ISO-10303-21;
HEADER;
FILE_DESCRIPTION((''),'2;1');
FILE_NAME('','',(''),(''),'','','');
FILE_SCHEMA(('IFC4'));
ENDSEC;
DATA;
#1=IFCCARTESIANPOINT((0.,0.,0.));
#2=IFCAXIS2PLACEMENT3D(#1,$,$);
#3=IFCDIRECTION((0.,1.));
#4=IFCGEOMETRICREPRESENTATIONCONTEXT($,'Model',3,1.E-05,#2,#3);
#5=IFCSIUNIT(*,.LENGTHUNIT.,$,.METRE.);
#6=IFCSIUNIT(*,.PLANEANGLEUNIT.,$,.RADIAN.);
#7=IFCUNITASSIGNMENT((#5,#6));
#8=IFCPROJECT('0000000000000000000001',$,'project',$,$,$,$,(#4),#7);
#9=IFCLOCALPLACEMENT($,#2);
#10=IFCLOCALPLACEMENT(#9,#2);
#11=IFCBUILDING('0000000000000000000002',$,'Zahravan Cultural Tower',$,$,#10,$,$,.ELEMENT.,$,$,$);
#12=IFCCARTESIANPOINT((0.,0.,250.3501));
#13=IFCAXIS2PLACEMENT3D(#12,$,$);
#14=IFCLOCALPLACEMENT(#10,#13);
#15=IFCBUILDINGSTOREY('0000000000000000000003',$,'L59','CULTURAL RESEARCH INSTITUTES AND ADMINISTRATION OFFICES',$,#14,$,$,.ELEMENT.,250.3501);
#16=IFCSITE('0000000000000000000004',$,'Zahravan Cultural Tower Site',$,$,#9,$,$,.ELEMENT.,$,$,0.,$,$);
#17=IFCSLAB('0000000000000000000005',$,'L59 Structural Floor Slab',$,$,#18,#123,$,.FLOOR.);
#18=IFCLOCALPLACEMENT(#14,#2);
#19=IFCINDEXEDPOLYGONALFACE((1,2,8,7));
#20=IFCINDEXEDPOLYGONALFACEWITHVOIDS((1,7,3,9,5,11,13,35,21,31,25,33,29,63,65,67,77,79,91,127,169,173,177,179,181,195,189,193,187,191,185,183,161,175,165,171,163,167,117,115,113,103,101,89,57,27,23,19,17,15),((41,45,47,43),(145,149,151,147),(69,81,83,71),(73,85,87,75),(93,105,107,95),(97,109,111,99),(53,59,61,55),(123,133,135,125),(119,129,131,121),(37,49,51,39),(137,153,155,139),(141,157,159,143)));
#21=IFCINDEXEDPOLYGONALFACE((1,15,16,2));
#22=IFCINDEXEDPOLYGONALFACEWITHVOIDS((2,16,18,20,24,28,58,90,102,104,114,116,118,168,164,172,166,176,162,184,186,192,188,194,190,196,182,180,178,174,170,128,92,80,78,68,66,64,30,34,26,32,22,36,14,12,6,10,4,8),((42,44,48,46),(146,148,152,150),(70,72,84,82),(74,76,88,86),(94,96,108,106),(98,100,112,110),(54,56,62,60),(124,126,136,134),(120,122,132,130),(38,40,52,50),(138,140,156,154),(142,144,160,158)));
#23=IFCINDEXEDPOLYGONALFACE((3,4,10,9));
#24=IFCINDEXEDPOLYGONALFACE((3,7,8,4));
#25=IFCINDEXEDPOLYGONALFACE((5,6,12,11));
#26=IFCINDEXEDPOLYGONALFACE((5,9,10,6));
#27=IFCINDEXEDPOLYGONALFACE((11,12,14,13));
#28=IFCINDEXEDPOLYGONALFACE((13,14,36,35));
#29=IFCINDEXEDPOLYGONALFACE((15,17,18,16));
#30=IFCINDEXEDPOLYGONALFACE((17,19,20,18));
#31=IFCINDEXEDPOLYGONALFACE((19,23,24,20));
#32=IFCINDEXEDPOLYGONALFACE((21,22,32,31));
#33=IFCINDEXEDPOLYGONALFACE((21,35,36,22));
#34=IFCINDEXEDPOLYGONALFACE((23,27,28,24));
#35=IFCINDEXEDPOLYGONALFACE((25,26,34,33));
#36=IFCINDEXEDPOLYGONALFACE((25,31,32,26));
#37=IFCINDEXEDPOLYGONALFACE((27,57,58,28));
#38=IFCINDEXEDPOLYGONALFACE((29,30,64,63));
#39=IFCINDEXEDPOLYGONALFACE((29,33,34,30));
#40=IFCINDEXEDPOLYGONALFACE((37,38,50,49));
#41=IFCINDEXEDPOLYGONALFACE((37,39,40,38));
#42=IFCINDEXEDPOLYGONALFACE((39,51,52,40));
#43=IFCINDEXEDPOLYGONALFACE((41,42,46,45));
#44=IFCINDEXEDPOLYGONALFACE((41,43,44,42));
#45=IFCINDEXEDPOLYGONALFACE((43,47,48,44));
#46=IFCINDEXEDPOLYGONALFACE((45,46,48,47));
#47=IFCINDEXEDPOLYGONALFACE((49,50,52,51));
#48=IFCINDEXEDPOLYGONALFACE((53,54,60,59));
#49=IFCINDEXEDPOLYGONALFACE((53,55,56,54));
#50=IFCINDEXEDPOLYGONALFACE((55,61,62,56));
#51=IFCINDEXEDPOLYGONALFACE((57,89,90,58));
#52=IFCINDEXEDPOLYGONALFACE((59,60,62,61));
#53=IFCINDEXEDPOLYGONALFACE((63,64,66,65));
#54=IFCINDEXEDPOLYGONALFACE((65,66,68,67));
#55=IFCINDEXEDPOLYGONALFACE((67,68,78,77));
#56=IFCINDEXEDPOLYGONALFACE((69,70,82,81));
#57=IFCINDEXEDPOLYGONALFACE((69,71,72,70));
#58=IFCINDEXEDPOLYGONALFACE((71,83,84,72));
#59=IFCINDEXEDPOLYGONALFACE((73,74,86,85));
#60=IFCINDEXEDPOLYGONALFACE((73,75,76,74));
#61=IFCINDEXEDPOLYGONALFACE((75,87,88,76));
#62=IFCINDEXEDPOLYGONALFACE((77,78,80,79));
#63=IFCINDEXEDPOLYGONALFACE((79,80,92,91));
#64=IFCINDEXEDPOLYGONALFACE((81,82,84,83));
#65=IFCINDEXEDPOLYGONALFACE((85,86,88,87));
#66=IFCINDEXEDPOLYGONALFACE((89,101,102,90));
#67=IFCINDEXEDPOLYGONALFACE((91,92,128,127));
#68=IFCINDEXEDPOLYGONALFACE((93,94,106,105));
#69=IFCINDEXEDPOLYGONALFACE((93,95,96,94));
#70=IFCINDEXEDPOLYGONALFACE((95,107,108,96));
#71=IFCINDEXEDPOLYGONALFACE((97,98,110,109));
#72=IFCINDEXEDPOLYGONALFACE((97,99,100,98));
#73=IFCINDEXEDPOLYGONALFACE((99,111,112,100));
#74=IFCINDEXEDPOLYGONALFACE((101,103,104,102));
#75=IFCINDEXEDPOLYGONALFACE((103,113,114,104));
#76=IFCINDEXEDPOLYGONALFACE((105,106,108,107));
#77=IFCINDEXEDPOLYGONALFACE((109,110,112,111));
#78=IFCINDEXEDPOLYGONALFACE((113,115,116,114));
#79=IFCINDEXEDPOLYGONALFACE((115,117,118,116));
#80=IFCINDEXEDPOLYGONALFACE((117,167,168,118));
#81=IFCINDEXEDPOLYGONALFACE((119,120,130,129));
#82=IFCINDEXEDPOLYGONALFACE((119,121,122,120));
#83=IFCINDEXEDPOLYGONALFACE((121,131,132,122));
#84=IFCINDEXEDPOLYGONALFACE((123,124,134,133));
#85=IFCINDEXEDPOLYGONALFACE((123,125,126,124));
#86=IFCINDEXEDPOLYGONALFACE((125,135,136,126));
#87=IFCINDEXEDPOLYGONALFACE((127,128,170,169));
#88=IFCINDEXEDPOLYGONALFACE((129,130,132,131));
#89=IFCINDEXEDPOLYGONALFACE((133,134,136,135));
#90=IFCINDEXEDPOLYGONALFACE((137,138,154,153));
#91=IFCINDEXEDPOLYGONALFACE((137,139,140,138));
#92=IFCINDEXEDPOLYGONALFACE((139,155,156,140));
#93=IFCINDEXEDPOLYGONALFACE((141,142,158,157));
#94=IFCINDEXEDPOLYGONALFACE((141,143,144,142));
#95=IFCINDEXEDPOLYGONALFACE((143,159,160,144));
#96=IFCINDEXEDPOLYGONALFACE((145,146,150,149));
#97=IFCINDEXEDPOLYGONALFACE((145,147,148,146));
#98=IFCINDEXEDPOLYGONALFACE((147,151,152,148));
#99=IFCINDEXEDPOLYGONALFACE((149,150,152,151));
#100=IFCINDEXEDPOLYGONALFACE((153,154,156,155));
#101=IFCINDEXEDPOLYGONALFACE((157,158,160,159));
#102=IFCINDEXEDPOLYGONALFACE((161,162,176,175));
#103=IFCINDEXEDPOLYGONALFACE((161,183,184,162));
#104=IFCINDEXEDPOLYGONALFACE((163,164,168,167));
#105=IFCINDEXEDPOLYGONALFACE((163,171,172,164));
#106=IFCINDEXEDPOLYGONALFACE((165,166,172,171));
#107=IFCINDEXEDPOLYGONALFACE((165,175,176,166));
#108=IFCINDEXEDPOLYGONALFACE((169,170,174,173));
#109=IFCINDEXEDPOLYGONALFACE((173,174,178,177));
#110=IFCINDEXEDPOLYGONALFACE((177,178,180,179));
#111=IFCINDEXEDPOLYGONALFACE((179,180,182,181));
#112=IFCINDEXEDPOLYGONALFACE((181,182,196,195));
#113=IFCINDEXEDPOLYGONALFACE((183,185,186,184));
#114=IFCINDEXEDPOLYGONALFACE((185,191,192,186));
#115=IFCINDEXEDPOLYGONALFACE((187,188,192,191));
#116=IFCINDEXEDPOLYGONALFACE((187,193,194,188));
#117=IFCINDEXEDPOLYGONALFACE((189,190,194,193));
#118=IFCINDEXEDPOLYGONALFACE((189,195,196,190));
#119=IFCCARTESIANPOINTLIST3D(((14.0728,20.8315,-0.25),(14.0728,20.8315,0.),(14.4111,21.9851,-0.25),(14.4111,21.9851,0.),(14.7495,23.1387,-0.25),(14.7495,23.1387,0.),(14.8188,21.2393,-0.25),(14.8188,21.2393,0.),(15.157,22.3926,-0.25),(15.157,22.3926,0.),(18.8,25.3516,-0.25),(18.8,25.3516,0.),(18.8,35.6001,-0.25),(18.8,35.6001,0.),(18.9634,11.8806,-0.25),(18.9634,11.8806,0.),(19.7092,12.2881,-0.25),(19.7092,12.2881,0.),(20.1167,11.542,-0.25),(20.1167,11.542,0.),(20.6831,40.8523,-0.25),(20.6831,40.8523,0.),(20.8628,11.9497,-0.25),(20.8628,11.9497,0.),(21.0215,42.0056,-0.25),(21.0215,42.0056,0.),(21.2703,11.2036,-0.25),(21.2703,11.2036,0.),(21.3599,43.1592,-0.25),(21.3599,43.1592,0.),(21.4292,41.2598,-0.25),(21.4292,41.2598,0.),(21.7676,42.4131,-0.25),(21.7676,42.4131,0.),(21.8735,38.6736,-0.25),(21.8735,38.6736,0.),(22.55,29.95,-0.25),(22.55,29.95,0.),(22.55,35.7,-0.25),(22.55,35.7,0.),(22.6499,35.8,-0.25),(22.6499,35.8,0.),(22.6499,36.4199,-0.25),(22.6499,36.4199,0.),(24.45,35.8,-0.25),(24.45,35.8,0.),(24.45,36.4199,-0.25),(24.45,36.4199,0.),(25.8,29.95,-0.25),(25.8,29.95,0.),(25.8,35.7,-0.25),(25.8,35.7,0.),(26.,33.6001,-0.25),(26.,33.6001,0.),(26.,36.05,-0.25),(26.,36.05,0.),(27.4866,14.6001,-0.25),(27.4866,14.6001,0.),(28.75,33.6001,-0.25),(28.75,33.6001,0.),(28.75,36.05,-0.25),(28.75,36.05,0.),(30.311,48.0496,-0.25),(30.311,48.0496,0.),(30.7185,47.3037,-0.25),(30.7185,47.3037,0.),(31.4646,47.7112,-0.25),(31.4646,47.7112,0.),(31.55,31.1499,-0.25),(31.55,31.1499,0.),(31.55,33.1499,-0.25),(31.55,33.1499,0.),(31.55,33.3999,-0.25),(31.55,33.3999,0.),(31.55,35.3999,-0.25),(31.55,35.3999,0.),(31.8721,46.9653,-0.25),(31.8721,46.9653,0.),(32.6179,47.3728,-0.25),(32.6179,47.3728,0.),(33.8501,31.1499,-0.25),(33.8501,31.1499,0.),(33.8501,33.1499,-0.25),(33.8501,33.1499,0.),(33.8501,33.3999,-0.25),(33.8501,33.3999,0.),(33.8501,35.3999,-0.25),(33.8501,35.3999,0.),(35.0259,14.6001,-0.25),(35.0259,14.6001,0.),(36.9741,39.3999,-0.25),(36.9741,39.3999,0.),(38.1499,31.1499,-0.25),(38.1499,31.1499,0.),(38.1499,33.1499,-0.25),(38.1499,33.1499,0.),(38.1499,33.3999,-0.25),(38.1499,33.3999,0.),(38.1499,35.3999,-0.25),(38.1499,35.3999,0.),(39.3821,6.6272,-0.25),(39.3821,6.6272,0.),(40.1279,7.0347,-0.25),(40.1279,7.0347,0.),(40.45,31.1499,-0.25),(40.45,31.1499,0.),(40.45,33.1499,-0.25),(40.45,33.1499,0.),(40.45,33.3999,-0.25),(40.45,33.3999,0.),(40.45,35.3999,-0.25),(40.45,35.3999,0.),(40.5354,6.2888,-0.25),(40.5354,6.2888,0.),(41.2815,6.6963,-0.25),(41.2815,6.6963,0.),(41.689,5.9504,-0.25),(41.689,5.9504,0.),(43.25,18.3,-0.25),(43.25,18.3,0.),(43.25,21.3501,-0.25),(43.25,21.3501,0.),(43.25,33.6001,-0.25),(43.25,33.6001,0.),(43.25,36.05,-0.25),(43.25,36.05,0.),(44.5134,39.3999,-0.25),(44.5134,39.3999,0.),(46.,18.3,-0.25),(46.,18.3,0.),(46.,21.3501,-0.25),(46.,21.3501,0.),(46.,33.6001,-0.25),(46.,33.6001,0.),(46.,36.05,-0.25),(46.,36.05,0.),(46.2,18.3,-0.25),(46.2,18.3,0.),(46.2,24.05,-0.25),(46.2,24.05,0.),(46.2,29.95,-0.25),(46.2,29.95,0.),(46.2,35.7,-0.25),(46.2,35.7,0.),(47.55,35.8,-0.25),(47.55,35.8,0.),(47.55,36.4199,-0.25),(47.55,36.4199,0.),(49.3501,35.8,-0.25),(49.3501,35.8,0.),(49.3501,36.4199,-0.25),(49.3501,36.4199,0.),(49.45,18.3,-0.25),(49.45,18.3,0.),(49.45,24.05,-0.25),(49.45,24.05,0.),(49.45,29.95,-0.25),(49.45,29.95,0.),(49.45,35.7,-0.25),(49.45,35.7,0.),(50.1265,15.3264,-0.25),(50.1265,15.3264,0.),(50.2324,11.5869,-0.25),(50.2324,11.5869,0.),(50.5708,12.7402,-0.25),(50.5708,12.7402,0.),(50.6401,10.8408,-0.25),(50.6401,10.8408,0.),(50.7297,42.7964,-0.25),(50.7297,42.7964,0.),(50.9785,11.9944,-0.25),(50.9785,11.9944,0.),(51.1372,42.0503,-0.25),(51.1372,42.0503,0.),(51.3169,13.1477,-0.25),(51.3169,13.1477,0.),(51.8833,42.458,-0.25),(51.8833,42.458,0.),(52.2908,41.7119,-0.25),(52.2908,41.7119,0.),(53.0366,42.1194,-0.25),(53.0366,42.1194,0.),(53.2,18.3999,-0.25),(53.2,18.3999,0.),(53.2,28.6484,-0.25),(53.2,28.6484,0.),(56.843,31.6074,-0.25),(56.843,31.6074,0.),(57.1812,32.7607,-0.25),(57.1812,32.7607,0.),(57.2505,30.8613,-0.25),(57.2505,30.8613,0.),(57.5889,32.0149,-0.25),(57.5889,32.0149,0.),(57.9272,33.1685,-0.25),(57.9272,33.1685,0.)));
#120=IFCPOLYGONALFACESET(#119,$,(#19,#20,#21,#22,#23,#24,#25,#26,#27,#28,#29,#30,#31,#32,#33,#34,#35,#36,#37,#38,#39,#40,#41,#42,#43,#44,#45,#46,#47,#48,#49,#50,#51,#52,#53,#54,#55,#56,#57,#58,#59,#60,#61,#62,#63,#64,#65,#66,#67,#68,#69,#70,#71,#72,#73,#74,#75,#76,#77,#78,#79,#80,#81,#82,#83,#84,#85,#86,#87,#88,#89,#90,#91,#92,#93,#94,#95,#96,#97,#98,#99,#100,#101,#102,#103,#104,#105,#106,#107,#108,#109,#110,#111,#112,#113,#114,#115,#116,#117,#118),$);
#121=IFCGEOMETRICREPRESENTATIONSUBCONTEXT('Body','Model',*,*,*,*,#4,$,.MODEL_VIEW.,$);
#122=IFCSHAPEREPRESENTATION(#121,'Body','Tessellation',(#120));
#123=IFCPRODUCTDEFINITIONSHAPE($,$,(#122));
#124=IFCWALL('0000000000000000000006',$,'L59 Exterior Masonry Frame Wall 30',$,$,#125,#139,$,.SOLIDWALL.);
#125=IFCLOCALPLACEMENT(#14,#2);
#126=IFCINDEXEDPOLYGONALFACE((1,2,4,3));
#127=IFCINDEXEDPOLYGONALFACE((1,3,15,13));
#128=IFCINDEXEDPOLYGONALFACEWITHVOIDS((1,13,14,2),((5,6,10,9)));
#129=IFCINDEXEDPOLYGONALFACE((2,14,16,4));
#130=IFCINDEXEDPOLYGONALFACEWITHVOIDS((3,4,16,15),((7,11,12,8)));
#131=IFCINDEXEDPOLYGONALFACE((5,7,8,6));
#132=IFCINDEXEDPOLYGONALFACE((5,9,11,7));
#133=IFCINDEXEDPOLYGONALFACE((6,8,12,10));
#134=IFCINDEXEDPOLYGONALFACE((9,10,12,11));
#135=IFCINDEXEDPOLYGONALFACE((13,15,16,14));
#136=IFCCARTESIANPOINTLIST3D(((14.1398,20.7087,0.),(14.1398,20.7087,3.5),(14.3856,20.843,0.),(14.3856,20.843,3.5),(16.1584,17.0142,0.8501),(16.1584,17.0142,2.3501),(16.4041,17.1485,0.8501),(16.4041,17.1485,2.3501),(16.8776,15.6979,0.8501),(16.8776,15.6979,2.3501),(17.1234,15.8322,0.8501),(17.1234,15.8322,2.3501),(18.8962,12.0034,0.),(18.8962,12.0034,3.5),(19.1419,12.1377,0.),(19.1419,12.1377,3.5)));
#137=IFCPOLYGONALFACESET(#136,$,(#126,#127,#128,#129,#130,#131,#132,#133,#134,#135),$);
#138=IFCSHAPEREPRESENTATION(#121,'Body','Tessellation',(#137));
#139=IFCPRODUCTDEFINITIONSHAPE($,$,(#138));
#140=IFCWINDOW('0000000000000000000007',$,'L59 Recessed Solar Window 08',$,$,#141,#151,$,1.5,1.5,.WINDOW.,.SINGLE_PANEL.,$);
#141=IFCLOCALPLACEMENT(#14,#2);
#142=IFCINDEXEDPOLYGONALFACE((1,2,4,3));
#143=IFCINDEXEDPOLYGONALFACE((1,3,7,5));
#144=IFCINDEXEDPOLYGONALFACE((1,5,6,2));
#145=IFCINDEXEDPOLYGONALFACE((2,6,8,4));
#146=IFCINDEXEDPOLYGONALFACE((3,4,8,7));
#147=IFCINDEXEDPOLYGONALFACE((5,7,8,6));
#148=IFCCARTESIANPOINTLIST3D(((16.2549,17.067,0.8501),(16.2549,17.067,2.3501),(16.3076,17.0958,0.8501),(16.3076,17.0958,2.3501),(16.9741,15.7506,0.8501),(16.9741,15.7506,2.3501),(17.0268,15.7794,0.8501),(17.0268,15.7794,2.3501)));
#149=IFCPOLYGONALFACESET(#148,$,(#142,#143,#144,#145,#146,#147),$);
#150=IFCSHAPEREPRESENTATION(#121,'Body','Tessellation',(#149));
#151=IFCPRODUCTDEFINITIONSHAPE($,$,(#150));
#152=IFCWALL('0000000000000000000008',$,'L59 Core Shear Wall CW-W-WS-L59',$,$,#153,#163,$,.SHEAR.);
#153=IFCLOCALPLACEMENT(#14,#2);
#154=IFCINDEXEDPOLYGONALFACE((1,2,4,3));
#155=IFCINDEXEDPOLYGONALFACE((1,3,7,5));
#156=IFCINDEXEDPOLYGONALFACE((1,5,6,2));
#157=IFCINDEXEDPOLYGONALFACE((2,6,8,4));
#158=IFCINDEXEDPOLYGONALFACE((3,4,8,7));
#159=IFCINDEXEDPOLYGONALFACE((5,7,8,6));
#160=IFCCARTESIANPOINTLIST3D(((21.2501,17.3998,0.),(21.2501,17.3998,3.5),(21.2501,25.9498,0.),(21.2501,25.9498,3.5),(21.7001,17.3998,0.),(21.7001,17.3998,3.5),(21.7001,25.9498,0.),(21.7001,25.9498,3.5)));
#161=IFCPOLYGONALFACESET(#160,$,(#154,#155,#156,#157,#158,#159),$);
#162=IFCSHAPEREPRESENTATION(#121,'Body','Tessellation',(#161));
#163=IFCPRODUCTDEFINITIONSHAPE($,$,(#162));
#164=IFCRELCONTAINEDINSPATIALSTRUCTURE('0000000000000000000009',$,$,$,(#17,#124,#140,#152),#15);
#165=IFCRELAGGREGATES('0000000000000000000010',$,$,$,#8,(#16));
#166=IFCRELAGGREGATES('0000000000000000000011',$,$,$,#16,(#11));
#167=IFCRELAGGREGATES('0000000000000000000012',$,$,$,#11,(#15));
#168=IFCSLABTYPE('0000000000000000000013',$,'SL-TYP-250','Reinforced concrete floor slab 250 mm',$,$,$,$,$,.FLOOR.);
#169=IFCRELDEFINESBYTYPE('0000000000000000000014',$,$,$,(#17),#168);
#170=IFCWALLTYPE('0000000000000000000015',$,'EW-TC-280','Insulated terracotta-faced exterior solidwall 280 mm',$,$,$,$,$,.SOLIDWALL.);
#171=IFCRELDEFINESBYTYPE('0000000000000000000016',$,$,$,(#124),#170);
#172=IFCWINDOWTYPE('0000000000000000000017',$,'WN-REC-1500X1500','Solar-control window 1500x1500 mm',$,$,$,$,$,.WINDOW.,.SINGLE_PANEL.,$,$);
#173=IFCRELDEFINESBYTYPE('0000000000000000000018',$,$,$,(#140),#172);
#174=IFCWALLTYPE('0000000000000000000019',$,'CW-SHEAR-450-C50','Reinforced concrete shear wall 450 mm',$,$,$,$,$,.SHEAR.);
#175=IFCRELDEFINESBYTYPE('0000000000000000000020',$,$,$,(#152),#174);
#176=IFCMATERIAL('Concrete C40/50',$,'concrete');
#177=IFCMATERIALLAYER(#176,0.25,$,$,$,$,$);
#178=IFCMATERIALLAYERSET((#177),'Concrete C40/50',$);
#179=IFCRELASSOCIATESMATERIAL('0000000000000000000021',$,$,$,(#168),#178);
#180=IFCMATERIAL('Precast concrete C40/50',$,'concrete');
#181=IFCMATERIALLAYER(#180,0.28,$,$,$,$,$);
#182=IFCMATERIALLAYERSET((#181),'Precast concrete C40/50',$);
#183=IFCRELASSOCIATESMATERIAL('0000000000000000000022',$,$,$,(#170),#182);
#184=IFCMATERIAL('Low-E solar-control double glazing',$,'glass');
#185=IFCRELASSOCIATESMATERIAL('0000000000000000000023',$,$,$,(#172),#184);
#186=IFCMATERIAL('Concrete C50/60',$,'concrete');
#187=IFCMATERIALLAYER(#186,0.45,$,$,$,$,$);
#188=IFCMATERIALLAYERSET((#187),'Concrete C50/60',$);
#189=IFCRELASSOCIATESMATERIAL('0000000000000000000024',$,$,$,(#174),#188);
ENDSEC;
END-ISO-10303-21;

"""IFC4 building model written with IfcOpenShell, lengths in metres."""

from ifc_helpers import new_model, si_unit, direction, frame, frame_2d, origin, place, context, subcontext, project, spatial, polyline, rectangle, outline, extrude, source, transform, mapped, material, layer, layer_set, type_object, element, fill, save


model = new_model("IFC4")

# Units and contexts
model_context = context("Model", 3, precision=1e-05, world=origin(), true_north=direction((0.0, 1.0)))
body_context = subcontext(model_context, "Body", "Model", "MODEL_VIEW")
ifc_project = project(units=[si_unit("LENGTHUNIT", "METRE"), si_unit("PLANEANGLEUNIT", "RADIAN")], contexts=[model_context])

# Site, building, storey
site_placement = place(None, origin())
site = spatial("IfcSite", under=ifc_project, at=site_placement, Name="Zahravan Cultural Tower Site", CompositionType="ELEMENT", RefElevation=0.0)
building_placement = place(site_placement, origin())
building = spatial("IfcBuilding", under=site, at=building_placement, Name="Zahravan Cultural Tower", CompositionType="ELEMENT")
storey_placement = place(building_placement, frame((0.0, 0.0, 250.3501)))
storey = spatial("IfcBuildingStorey", under=building, at=storey_placement, Name="L59", Description="CULTURAL RESEARCH INSTITUTES AND ADMINISTRATION OFFICES", CompositionType="ELEMENT", Elevation=250.3501)

# Shared definitions
ifc_material_1 = material(Name="Concrete C50/60", Category="concrete")

# Slab
ifc_material_2 = material(Name="Concrete C40/50", Category="concrete")
ifc_layer_1 = layer(ifc_material_2, 0.25)
ifc_layer_set_1 = layer_set([ifc_layer_1], Name="Concrete C40/50")
slab_type_1 = type_object("IfcSlabType", Name="SL-TYP-250", Description="Reinforced concrete floor slab 250 mm", PredefinedType="FLOOR", material=ifc_layer_set_1)
slab_1_placement = place(storey_placement, frame((0.0, 0.0, -0.25)))
element("IfcSlab", 1, at=slab_1_placement, inside=storey, type_object=slab_type_1, Name="L59 Structural Floor Slab", PredefinedType="FLOOR", context=body_context, shape_type="SweptSolid", body=[
    extrude(outline(polyline([(44.5134, 39.3999), (36.9741, 39.3999), (32.6179, 47.3728), (31.8721, 46.9653), (31.4646, 47.7112), (30.7185, 47.3037), (30.311, 48.0496), (21.3599, 43.1592), (21.7676, 42.4131), (21.0215, 42.0056), (21.4292, 41.2598), (20.6831, 40.8523), (21.8735, 38.6736), (18.8, 35.6001), (18.8, 25.3516), (14.7495, 23.1387), (15.157, 22.3926), (14.4111, 21.9851), (14.8188, 21.2393), (14.0728, 20.8315), (18.9634, 11.8806), (19.7092, 12.2881), (20.1167, 11.542), (20.8628, 11.9497), (21.2703, 11.2036), (27.4866, 14.6001), (35.0259, 14.6001), (39.3821, 6.6272), (40.1279, 7.0347), (40.5354, 6.2888), (41.2815, 6.6963), (41.689, 5.9504), (50.6401, 10.8408), (50.2324, 11.5869), (50.9785, 11.9944), (50.5708, 12.7402), (51.3169, 13.1477), (50.1265, 15.3264), (53.2, 18.3999), (53.2, 28.6484), (57.2505, 30.8613), (56.843, 31.6074), (57.5889, 32.0149), (57.1812, 32.7607), (57.9272, 33.1685), (53.0366, 42.1194), (52.2908, 41.7119), (51.8833, 42.458), (51.1372, 42.0503), (50.7297, 42.7964), (44.5134, 39.3999)]), holes=[polyline([(22.55, 29.95), (22.55, 35.7), (25.8, 35.7), (25.8, 29.95), (22.55, 29.95)]), polyline([(46.2, 29.95), (46.2, 35.7), (49.45, 35.7), (49.45, 29.95), (46.2, 29.95)]), polyline([(46.2, 18.3), (46.2, 24.05), (49.45, 24.05), (49.45, 18.3), (46.2, 18.3)]), polyline([(26.0, 33.6001), (26.0, 36.05), (28.75, 36.05), (28.75, 33.6001), (26.0, 33.6001)]), polyline([(43.25, 33.6001), (43.25, 36.05), (46.0, 36.05), (46.0, 33.6001), (43.25, 33.6001)]), polyline([(43.25, 18.3), (43.25, 21.3501), (46.0, 21.3501), (46.0, 18.3), (43.25, 18.3)]), polyline([(31.55, 33.3999), (31.55, 35.3999), (33.8501, 35.3999), (33.8501, 33.3999), (31.55, 33.3999)]), polyline([(31.55, 31.1499), (31.55, 33.1499), (33.8501, 33.1499), (33.8501, 31.1499), (31.55, 31.1499)]), polyline([(38.1499, 33.3999), (38.1499, 35.3999), (40.45, 35.3999), (40.45, 33.3999), (38.1499, 33.3999)]), polyline([(38.1499, 31.1499), (38.1499, 33.1499), (40.45, 33.1499), (40.45, 31.1499), (38.1499, 31.1499)]), polyline([(22.6499, 35.8), (22.6499, 36.4199), (24.45, 36.4199), (24.45, 35.8), (22.6499, 35.8)]), polyline([(47.55, 35.8), (47.55, 36.4199), (49.3501, 36.4199), (49.3501, 35.8), (47.55, 35.8)])]), origin(), (0.0, 0.0, 1.0), 0.25),
])

# Wall, opening, window
ifc_material_3 = material(Name="Precast concrete C40/50", Category="concrete")
ifc_layer_2 = layer(ifc_material_3, 0.28)
ifc_layer_set_2 = layer_set([ifc_layer_2], Name="Precast concrete C40/50")
wall_type_1 = type_object("IfcWallType", Name="EW-TC-280", Description="Insulated terracotta-faced exterior solidwall 280 mm", PredefinedType="SOLIDWALL", material=ifc_layer_set_2)
wall_1_placement = place(storey_placement, frame((19.019, 12.0706, 0.0), z_axis=(0.0, 0.0, 1.0), x_axis=(-0.479473, 0.877557, 0.0)))
wall_1 = element("IfcWall", 2, at=wall_1_placement, inside=storey, type_object=wall_type_1, Name="L59 Exterior Masonry Frame Wall 30", PredefinedType="SOLIDWALL", context=body_context, shape_type="SweptSolid", body=[
    extrude(rectangle(XDim=9.9199, YDim=0.28, at=frame_2d((4.96, 0.0))), origin(), (0.0, 0.0, 1.0), 3.5),
])
opening_placement = place(wall_1_placement, frame((4.21, 0.0, 0.8501)))
opening = element("IfcOpeningElement", 3, at=opening_placement, cuts=wall_1, PredefinedType="OPENING", context=body_context, shape_type="SweptSolid", body=[
    extrude(rectangle(XDim=1.5, YDim=1.5, at=frame_2d((0.75, 0.75))), frame((0.0, 0.1499, 0.0), z_axis=(0.0, -1.0, 0.0), x_axis=(1.0, 0.0, 0.0)), (0.0, 0.0, 1.0), 0.3),
])
ifc_material_4 = material(Name="Low-E solar-control double glazing", Category="glass")
window_type = type_object("IfcWindowType", Name="WN-REC-1500X1500", Description="Solar-control window 1500x1500 mm", PartitioningType="SINGLE_PANEL", PredefinedType="WINDOW", material=ifc_material_4)
shared_shape_1 = source(origin(), body_context, "Body", "SweptSolid", [
    extrude(rectangle(XDim=1.5, YDim=1.5, at=frame_2d((0.75, 0.75))), frame((0.0, 0.03, 0.0), z_axis=(0.0, -1.0, 0.0), x_axis=(1.0, 0.0, 0.0)), (0.0, 0.0, 1.0), 0.0601),
])
window_placement = place(opening_placement, origin())
window = element("IfcWindow", 4, at=window_placement, inside=storey, type_object=window_type, Name="L59 Recessed Solar Window 08", OverallHeight=1.5, OverallWidth=1.5, PartitioningType="SINGLE_PANEL", PredefinedType="WINDOW", context=body_context, shape_type="MappedRepresentation", body=[
    mapped(shared_shape_1, transform((0.0, 0.0, 0.0), x_axis=(1.0, 0.0, 0.0), y_axis=(0.0, 1.0, 0.0), z_axis=(0.0, 0.0, 1.0), scale=1.0)),
])
fill(opening, window)

# Wall
ifc_layer_3 = layer(ifc_material_1, 0.45)
ifc_layer_set_3 = layer_set([ifc_layer_3], Name="Concrete C50/60")
wall_type_2 = type_object("IfcWallType", Name="CW-SHEAR-450-C50", Description="Reinforced concrete shear wall 450 mm", PredefinedType="SHEAR", material=ifc_layer_set_3)
shared_shape_2 = source(origin(), body_context, "Body", "SweptSolid", [
    extrude(rectangle(XDim=8.55, YDim=0.45, at=frame_2d((4.2749, 0.0))), origin(), (0.0, 0.0, 1.0), 3.5),
])
wall_2_placement = place(storey_placement, frame((21.4751, 17.3999, 0.0), z_axis=(0.0, 0.0, 1.0), x_axis=(0.0, 1.0, 0.0)))
element("IfcWall", 5, at=wall_2_placement, inside=storey, type_object=wall_type_2, Name="L59 Core Shear Wall CW-W-WS-L59", PredefinedType="SHEAR", context=body_context, shape_type="MappedRepresentation", body=[
    mapped(shared_shape_2, transform((0.0, 0.0, 0.0), x_axis=(1.0, 0.0, 0.0), y_axis=(0.0, 1.0, 0.0), z_axis=(0.0, 0.0, 1.0), scale=1.0)),
])

save(model, "model.ifc")
